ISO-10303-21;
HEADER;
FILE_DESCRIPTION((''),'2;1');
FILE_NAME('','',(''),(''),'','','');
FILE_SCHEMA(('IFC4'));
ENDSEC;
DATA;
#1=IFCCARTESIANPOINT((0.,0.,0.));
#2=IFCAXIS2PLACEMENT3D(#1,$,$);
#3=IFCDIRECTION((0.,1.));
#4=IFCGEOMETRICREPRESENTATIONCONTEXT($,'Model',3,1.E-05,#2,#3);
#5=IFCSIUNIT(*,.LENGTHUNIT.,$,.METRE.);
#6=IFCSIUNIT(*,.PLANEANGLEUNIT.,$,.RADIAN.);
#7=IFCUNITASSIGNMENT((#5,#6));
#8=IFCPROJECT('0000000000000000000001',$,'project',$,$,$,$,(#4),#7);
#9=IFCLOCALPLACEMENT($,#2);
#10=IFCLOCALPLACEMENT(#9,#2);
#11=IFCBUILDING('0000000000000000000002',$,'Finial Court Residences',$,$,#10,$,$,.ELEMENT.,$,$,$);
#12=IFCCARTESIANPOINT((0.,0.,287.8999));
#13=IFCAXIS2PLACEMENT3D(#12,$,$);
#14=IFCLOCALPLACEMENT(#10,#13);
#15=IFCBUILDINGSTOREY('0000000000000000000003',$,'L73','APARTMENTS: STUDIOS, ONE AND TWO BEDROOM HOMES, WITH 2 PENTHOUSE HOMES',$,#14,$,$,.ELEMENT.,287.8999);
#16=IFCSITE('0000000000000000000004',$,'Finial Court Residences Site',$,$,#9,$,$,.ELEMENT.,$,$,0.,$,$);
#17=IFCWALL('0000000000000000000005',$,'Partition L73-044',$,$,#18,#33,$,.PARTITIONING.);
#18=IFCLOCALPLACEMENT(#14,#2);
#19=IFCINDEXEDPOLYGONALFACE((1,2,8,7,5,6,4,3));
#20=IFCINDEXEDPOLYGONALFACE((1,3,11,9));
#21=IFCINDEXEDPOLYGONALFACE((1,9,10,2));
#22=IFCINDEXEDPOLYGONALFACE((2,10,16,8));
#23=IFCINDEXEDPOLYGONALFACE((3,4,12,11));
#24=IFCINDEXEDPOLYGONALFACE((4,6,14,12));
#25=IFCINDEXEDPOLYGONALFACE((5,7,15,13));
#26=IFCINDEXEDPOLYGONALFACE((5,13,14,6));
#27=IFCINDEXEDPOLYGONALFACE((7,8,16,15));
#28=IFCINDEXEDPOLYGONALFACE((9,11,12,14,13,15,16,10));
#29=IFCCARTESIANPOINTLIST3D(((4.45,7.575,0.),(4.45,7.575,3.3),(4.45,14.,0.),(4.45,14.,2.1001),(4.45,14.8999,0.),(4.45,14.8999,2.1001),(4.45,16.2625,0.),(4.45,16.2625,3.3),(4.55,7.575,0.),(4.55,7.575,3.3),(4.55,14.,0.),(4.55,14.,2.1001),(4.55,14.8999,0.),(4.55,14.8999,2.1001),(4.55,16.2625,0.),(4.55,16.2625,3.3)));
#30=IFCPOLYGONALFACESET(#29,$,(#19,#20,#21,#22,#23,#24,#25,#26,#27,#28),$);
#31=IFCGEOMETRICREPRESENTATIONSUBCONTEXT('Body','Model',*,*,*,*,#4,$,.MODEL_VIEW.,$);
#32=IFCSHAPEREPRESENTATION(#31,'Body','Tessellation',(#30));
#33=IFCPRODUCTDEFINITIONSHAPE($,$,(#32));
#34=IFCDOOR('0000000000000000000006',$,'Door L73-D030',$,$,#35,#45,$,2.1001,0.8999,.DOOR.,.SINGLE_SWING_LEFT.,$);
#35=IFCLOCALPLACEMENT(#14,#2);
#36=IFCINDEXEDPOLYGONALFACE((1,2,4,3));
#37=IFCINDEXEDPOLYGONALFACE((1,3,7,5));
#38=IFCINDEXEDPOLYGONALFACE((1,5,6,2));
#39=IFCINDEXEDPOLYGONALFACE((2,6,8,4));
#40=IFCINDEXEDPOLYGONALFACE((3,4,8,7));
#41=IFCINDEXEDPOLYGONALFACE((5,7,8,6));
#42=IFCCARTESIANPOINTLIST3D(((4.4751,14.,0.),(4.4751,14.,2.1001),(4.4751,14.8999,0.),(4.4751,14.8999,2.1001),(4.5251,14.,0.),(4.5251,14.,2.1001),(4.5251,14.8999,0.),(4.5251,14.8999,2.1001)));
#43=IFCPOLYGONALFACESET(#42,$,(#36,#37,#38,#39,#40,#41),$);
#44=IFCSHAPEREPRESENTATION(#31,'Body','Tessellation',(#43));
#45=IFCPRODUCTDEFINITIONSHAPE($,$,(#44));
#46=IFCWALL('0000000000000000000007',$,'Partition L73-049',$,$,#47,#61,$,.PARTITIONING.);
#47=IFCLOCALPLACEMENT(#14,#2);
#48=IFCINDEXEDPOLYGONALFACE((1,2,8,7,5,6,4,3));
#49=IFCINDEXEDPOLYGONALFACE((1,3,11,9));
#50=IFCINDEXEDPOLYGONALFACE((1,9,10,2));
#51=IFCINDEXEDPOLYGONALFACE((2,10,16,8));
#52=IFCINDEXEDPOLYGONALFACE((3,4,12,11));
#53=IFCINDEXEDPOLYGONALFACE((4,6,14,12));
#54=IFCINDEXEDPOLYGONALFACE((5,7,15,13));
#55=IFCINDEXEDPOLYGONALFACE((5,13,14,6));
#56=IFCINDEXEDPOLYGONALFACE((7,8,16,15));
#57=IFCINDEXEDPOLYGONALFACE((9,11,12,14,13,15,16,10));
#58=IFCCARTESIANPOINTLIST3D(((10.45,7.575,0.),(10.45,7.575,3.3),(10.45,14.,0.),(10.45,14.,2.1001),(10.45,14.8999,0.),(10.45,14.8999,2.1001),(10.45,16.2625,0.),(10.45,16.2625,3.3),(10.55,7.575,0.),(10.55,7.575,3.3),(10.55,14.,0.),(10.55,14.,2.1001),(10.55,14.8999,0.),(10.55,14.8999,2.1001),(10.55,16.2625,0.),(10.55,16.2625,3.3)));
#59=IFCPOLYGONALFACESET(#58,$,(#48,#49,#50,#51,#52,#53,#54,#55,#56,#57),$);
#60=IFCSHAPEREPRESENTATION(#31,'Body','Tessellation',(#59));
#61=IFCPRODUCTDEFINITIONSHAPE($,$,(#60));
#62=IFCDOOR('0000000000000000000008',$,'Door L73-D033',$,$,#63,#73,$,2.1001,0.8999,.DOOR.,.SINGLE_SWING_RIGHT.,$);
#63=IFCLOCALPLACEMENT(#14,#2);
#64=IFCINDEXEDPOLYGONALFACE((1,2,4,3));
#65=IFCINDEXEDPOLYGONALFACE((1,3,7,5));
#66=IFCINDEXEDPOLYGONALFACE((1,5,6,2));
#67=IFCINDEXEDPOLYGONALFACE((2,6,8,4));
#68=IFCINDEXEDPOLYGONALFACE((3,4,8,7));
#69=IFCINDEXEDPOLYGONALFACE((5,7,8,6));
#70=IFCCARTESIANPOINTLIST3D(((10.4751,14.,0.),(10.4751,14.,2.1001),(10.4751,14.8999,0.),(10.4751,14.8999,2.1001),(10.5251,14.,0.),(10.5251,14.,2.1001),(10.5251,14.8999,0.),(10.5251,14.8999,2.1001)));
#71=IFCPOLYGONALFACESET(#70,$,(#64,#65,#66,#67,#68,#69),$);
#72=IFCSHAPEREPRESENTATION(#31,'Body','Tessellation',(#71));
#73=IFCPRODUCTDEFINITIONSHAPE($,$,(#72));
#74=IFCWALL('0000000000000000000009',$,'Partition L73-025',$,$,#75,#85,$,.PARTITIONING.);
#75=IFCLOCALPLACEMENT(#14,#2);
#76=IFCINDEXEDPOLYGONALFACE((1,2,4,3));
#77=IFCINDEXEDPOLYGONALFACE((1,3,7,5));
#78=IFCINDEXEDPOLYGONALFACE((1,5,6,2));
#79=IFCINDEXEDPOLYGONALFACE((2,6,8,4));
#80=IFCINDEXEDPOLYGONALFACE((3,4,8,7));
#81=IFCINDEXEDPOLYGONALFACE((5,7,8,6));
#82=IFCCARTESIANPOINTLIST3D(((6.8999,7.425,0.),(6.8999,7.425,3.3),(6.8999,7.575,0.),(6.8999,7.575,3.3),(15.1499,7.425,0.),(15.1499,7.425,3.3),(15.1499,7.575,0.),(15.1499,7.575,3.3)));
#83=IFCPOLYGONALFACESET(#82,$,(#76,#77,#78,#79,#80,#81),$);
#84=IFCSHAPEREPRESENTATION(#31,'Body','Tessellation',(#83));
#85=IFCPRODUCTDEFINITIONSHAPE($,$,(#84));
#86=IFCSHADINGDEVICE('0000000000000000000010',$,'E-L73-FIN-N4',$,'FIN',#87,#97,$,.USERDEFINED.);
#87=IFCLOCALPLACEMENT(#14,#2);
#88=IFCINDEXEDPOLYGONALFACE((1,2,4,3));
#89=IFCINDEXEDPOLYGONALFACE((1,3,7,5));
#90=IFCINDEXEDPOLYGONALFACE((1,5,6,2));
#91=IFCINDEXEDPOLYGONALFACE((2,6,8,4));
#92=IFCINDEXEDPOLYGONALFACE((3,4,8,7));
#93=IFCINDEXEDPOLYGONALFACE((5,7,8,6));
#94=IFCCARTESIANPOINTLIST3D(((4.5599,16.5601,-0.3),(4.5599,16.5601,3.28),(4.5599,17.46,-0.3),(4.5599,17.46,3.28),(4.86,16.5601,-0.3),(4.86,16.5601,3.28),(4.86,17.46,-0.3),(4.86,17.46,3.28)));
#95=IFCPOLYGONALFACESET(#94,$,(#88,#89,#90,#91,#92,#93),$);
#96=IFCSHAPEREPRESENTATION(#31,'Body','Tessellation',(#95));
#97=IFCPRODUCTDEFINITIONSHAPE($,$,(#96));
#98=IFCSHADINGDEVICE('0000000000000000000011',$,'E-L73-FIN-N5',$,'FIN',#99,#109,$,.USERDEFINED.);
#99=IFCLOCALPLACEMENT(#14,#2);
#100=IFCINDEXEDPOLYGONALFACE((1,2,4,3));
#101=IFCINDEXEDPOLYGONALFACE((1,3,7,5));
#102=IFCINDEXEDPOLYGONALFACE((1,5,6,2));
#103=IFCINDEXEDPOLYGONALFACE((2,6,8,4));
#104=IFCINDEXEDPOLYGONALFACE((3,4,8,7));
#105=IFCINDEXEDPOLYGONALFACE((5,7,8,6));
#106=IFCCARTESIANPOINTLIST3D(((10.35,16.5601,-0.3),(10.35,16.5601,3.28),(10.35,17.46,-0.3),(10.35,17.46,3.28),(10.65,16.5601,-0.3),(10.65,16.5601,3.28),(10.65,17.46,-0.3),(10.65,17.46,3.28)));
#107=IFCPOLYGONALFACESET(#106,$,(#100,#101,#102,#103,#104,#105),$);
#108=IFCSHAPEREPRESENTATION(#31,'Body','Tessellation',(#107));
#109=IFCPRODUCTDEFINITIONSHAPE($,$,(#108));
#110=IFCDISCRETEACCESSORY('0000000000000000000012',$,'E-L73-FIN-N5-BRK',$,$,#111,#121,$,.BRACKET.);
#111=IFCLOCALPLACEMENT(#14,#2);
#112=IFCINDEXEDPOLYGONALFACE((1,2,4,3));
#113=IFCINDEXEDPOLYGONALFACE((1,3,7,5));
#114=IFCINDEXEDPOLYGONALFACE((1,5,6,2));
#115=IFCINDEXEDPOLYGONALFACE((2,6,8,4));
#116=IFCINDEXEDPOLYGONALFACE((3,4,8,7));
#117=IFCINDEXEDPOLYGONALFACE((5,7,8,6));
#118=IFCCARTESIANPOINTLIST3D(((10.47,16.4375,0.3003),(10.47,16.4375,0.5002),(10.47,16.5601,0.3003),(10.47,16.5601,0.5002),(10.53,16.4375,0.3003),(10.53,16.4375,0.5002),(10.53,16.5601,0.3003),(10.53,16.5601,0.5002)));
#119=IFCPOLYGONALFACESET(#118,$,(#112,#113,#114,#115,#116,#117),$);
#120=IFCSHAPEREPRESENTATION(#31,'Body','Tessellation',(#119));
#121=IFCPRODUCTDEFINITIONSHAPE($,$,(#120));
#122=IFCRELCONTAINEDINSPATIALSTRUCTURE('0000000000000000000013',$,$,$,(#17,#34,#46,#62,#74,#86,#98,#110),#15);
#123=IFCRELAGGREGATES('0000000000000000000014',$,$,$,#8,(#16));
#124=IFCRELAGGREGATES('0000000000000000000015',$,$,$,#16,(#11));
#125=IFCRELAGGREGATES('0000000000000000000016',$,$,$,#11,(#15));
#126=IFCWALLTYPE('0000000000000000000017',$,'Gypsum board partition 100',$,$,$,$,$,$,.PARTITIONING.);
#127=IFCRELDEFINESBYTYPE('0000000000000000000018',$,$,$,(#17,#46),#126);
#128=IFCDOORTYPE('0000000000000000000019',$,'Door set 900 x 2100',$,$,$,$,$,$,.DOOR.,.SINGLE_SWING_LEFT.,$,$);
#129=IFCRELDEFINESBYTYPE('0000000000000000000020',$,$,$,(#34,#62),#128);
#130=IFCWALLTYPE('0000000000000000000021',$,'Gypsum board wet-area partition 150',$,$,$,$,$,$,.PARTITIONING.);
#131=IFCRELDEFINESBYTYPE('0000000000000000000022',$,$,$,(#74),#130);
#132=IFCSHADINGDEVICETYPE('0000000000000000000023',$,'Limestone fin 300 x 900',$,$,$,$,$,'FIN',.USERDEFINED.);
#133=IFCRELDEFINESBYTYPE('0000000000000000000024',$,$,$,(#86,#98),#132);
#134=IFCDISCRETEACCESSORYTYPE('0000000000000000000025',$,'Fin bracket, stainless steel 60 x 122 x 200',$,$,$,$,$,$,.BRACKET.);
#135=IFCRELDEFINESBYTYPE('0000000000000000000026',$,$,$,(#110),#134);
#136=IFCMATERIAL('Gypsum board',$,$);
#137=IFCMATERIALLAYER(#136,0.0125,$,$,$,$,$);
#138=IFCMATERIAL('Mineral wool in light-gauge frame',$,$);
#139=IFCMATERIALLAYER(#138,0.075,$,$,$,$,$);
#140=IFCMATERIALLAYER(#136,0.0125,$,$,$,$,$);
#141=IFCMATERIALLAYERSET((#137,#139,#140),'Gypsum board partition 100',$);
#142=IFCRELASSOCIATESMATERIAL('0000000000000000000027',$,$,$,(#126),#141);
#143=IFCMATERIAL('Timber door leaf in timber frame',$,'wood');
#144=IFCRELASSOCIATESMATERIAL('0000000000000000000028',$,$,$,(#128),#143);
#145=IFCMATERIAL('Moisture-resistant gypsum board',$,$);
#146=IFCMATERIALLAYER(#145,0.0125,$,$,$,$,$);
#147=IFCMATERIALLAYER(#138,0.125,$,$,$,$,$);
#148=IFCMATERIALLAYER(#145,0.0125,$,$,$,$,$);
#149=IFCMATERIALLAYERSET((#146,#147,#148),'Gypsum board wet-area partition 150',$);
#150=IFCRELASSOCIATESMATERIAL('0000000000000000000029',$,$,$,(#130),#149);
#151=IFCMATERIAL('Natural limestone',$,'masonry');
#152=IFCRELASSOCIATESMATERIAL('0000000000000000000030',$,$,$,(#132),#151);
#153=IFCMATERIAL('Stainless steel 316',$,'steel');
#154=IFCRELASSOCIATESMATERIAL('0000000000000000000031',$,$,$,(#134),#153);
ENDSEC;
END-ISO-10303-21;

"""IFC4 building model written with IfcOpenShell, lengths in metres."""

from ifc_helpers import new_model, si_unit, direction, frame, frame_2d, origin, origin_2d, place, context, subcontext, project, spatial, rectangle, extrude, material, layer, layer_set, type_object, element, fill, save


model = new_model("IFC4")

# Units and contexts
model_context = context("Model", 3, precision=1e-05, world=origin(), true_north=direction((0.0, 1.0)))
body_context = subcontext(model_context, "Body", "Model", "MODEL_VIEW")
ifc_project = project(units=[si_unit("LENGTHUNIT", "METRE"), si_unit("PLANEANGLEUNIT", "RADIAN")], contexts=[model_context])

# Site, building, storey
site_placement = place(None, origin())
site = spatial("IfcSite", under=ifc_project, at=site_placement, Name="Finial Court Residences Site", CompositionType="ELEMENT", RefElevation=0.0)
building_placement = place(site_placement, origin())
building = spatial("IfcBuilding", under=site, at=building_placement, Name="Finial Court Residences", CompositionType="ELEMENT")
storey_placement = place(building_placement, frame((0.0, 0.0, 287.8999)))
storey = spatial("IfcBuildingStorey", under=building, at=storey_placement, Name="L73", Description="APARTMENTS: STUDIOS, ONE AND TWO BEDROOM HOMES, WITH 2 PENTHOUSE HOMES", CompositionType="ELEMENT", Elevation=287.8999)

# Walls, openings, doors
ifc_material_1 = material(Name="Gypsum board")
ifc_layer_1 = layer(ifc_material_1, 0.0125)
ifc_material_2 = material(Name="Mineral wool in light-gauge frame")
ifc_layer_2 = layer(ifc_material_2, 0.075)
ifc_layer_3 = layer(ifc_material_1, 0.0125)
ifc_layer_set_1 = layer_set([ifc_layer_1, ifc_layer_2, ifc_layer_3], Name="Gypsum board partition 100")
wall_type_1 = type_object("IfcWallType", Name="Gypsum board partition 100", PredefinedType="PARTITIONING", material=ifc_layer_set_1)
wall_1_placement = place(storey_placement, frame((4.5, 7.575, 0.0), z_axis=(0.0, 0.0, 1.0), x_axis=(0.0, 1.0, 0.0)))
wall_1 = element("IfcWall", 1, at=wall_1_placement, inside=storey, type_object=wall_type_1, Name="Partition L73-044", PredefinedType="PARTITIONING", context=body_context, shape_type="SweptSolid", body=[
    extrude(rectangle(XDim=8.6875, YDim=0.1001, at=frame_2d((4.3438, 0.0))), origin(), (0.0, 0.0, 1.0), 3.3),
])
opening_1_placement = place(wall_1_placement, frame((6.425, 0.0, 0.0)))
opening_1 = element("IfcOpeningElement", 2, at=opening_1_placement, cuts=wall_1, PredefinedType="OPENING", context=body_context, shape_type="SweptSolid", body=[
    extrude(rectangle(XDim=0.8999, YDim=2.1001, at=frame_2d((0.45, 1.05))), frame((0.0, 0.0601, 0.0), z_axis=(0.0, -1.0, 0.0), x_axis=(1.0, 0.0, 0.0)), (0.0, 0.0, 1.0), 0.1201),
])
ifc_material_3 = material(Name="Timber door leaf in timber frame", Category="wood")
door_type = type_object("IfcDoorType", Name="Door set 900 x 2100", OperationType="SINGLE_SWING_LEFT", PredefinedType="DOOR", material=ifc_material_3)
door_1_placement = place(opening_1_placement, origin())
door_1 = element("IfcDoor", 3, at=door_1_placement, inside=storey, type_object=door_type, Name="Door L73-D030", OperationType="SINGLE_SWING_LEFT", OverallHeight=2.1001, OverallWidth=0.8999, PredefinedType="DOOR", context=body_context, shape_type="SweptSolid", body=[
    extrude(rectangle(XDim=0.8999, YDim=2.1001, at=frame_2d((0.45, 1.05))), frame((0.0, 0.0249, 0.0), z_axis=(0.0, -1.0, 0.0), x_axis=(1.0, 0.0, 0.0)), (0.0, 0.0, 1.0), 0.05),
])
fill(opening_1, door_1)
wall_2_placement = place(storey_placement, frame((10.5, 7.575, 0.0), z_axis=(0.0, 0.0, 1.0), x_axis=(0.0, 1.0, 0.0)))
wall_2 = element("IfcWall", 4, at=wall_2_placement, inside=storey, type_object=wall_type_1, Name="Partition L73-049", PredefinedType="PARTITIONING", context=body_context, shape_type="SweptSolid", body=[
    extrude(rectangle(XDim=8.6875, YDim=0.1001, at=frame_2d((4.3438, 0.0))), origin(), (0.0, 0.0, 1.0), 3.3),
])
opening_2_placement = place(wall_2_placement, frame((6.425, 0.0, 0.0)))
opening_2 = element("IfcOpeningElement", 5, at=opening_2_placement, cuts=wall_2, PredefinedType="OPENING", context=body_context, shape_type="SweptSolid", body=[
    extrude(rectangle(XDim=0.8999, YDim=2.1001, at=frame_2d((0.45, 1.05))), frame((0.0, 0.0601, 0.0), z_axis=(0.0, -1.0, 0.0), x_axis=(1.0, 0.0, 0.0)), (0.0, 0.0, 1.0), 0.1201),
])
door_2_placement = place(opening_2_placement, origin())
door_2 = element("IfcDoor", 6, at=door_2_placement, inside=storey, type_object=door_type, Name="Door L73-D033", OperationType="SINGLE_SWING_RIGHT", OverallHeight=2.1001, OverallWidth=0.8999, PredefinedType="DOOR", context=body_context, shape_type="SweptSolid", body=[
    extrude(rectangle(XDim=0.8999, YDim=2.1001, at=frame_2d((0.45, 1.05))), frame((0.0, 0.0249, 0.0), z_axis=(0.0, -1.0, 0.0), x_axis=(1.0, 0.0, 0.0)), (0.0, 0.0, 1.0), 0.05),
])
fill(opening_2, door_2)

# Wall
ifc_material_4 = material(Name="Moisture-resistant gypsum board")
ifc_layer_4 = layer(ifc_material_4, 0.0125)
ifc_layer_5 = layer(ifc_material_2, 0.125)
ifc_layer_6 = layer(ifc_material_4, 0.0125)
ifc_layer_set_2 = layer_set([ifc_layer_4, ifc_layer_5, ifc_layer_6], Name="Gypsum board wet-area partition 150")
wall_type_2 = type_object("IfcWallType", Name="Gypsum board wet-area partition 150", PredefinedType="PARTITIONING", material=ifc_layer_set_2)
wall_3_placement = place(storey_placement, frame((6.8999, 7.5, 0.0), z_axis=(0.0, 0.0, 1.0), x_axis=(1.0, 0.0, 0.0)))
element("IfcWall", 7, at=wall_3_placement, inside=storey, type_object=wall_type_2, Name="Partition L73-025", PredefinedType="PARTITIONING", context=body_context, shape_type="SweptSolid", body=[
    extrude(rectangle(XDim=8.25, YDim=0.1499, at=frame_2d((4.125, 0.0))), origin(), (0.0, 0.0, 1.0), 3.3),
])

# Shading devices
ifc_material_5 = material(Name="Natural limestone", Category="masonry")
shading_device_type = type_object("IfcShadingDeviceType", Name="Limestone fin 300 x 900", ElementType="FIN", PredefinedType="USERDEFINED", material=ifc_material_5)
for number, where, z_axis, x_axis, name in (
    (8, (4.71, 17.01, -0.3), (0.0, 0.0, 1.0), (1.0, 0.0, 0.0), "E-L73-FIN-N4"),
    (9, (10.5, 17.01, -0.3), (0.0, 0.0, 1.0), (1.0, 0.0, 0.0), "E-L73-FIN-N5"),
):
    element("IfcShadingDevice", number, at=place(storey_placement, frame(where, z_axis=z_axis, x_axis=x_axis)), inside=storey, type_object=shading_device_type, Name=name, ObjectType="FIN", PredefinedType="USERDEFINED", context=body_context, shape_type="SweptSolid", body=[
        extrude(rectangle(XDim=0.3, YDim=0.8999, at=origin_2d()), origin(), (0.0, 0.0, 1.0), 3.5801),
    ])

# Discrete accessory
ifc_material_6 = material(Name="Stainless steel 316", Category="steel")
discrete_accessory_type = type_object("IfcDiscreteAccessoryType", Name="Fin bracket, stainless steel 60 x 122 x 200", PredefinedType="BRACKET", material=ifc_material_6)
discrete_accessory_placement = place(storey_placement, frame((10.5, 16.4988, 0.3003), z_axis=(0.0, 0.0, 1.0), x_axis=(1.0, 0.0, 0.0)))
element("IfcDiscreteAccessory", 10, at=discrete_accessory_placement, inside=storey, type_object=discrete_accessory_type, Name="E-L73-FIN-N5-BRK", PredefinedType="BRACKET", context=body_context, shape_type="SweptSolid", body=[
    extrude(rectangle(XDim=0.0601, YDim=0.1226, at=origin_2d()), origin(), (0.0, 0.0, 1.0), 0.2),
])

save(model, "model.ifc")
